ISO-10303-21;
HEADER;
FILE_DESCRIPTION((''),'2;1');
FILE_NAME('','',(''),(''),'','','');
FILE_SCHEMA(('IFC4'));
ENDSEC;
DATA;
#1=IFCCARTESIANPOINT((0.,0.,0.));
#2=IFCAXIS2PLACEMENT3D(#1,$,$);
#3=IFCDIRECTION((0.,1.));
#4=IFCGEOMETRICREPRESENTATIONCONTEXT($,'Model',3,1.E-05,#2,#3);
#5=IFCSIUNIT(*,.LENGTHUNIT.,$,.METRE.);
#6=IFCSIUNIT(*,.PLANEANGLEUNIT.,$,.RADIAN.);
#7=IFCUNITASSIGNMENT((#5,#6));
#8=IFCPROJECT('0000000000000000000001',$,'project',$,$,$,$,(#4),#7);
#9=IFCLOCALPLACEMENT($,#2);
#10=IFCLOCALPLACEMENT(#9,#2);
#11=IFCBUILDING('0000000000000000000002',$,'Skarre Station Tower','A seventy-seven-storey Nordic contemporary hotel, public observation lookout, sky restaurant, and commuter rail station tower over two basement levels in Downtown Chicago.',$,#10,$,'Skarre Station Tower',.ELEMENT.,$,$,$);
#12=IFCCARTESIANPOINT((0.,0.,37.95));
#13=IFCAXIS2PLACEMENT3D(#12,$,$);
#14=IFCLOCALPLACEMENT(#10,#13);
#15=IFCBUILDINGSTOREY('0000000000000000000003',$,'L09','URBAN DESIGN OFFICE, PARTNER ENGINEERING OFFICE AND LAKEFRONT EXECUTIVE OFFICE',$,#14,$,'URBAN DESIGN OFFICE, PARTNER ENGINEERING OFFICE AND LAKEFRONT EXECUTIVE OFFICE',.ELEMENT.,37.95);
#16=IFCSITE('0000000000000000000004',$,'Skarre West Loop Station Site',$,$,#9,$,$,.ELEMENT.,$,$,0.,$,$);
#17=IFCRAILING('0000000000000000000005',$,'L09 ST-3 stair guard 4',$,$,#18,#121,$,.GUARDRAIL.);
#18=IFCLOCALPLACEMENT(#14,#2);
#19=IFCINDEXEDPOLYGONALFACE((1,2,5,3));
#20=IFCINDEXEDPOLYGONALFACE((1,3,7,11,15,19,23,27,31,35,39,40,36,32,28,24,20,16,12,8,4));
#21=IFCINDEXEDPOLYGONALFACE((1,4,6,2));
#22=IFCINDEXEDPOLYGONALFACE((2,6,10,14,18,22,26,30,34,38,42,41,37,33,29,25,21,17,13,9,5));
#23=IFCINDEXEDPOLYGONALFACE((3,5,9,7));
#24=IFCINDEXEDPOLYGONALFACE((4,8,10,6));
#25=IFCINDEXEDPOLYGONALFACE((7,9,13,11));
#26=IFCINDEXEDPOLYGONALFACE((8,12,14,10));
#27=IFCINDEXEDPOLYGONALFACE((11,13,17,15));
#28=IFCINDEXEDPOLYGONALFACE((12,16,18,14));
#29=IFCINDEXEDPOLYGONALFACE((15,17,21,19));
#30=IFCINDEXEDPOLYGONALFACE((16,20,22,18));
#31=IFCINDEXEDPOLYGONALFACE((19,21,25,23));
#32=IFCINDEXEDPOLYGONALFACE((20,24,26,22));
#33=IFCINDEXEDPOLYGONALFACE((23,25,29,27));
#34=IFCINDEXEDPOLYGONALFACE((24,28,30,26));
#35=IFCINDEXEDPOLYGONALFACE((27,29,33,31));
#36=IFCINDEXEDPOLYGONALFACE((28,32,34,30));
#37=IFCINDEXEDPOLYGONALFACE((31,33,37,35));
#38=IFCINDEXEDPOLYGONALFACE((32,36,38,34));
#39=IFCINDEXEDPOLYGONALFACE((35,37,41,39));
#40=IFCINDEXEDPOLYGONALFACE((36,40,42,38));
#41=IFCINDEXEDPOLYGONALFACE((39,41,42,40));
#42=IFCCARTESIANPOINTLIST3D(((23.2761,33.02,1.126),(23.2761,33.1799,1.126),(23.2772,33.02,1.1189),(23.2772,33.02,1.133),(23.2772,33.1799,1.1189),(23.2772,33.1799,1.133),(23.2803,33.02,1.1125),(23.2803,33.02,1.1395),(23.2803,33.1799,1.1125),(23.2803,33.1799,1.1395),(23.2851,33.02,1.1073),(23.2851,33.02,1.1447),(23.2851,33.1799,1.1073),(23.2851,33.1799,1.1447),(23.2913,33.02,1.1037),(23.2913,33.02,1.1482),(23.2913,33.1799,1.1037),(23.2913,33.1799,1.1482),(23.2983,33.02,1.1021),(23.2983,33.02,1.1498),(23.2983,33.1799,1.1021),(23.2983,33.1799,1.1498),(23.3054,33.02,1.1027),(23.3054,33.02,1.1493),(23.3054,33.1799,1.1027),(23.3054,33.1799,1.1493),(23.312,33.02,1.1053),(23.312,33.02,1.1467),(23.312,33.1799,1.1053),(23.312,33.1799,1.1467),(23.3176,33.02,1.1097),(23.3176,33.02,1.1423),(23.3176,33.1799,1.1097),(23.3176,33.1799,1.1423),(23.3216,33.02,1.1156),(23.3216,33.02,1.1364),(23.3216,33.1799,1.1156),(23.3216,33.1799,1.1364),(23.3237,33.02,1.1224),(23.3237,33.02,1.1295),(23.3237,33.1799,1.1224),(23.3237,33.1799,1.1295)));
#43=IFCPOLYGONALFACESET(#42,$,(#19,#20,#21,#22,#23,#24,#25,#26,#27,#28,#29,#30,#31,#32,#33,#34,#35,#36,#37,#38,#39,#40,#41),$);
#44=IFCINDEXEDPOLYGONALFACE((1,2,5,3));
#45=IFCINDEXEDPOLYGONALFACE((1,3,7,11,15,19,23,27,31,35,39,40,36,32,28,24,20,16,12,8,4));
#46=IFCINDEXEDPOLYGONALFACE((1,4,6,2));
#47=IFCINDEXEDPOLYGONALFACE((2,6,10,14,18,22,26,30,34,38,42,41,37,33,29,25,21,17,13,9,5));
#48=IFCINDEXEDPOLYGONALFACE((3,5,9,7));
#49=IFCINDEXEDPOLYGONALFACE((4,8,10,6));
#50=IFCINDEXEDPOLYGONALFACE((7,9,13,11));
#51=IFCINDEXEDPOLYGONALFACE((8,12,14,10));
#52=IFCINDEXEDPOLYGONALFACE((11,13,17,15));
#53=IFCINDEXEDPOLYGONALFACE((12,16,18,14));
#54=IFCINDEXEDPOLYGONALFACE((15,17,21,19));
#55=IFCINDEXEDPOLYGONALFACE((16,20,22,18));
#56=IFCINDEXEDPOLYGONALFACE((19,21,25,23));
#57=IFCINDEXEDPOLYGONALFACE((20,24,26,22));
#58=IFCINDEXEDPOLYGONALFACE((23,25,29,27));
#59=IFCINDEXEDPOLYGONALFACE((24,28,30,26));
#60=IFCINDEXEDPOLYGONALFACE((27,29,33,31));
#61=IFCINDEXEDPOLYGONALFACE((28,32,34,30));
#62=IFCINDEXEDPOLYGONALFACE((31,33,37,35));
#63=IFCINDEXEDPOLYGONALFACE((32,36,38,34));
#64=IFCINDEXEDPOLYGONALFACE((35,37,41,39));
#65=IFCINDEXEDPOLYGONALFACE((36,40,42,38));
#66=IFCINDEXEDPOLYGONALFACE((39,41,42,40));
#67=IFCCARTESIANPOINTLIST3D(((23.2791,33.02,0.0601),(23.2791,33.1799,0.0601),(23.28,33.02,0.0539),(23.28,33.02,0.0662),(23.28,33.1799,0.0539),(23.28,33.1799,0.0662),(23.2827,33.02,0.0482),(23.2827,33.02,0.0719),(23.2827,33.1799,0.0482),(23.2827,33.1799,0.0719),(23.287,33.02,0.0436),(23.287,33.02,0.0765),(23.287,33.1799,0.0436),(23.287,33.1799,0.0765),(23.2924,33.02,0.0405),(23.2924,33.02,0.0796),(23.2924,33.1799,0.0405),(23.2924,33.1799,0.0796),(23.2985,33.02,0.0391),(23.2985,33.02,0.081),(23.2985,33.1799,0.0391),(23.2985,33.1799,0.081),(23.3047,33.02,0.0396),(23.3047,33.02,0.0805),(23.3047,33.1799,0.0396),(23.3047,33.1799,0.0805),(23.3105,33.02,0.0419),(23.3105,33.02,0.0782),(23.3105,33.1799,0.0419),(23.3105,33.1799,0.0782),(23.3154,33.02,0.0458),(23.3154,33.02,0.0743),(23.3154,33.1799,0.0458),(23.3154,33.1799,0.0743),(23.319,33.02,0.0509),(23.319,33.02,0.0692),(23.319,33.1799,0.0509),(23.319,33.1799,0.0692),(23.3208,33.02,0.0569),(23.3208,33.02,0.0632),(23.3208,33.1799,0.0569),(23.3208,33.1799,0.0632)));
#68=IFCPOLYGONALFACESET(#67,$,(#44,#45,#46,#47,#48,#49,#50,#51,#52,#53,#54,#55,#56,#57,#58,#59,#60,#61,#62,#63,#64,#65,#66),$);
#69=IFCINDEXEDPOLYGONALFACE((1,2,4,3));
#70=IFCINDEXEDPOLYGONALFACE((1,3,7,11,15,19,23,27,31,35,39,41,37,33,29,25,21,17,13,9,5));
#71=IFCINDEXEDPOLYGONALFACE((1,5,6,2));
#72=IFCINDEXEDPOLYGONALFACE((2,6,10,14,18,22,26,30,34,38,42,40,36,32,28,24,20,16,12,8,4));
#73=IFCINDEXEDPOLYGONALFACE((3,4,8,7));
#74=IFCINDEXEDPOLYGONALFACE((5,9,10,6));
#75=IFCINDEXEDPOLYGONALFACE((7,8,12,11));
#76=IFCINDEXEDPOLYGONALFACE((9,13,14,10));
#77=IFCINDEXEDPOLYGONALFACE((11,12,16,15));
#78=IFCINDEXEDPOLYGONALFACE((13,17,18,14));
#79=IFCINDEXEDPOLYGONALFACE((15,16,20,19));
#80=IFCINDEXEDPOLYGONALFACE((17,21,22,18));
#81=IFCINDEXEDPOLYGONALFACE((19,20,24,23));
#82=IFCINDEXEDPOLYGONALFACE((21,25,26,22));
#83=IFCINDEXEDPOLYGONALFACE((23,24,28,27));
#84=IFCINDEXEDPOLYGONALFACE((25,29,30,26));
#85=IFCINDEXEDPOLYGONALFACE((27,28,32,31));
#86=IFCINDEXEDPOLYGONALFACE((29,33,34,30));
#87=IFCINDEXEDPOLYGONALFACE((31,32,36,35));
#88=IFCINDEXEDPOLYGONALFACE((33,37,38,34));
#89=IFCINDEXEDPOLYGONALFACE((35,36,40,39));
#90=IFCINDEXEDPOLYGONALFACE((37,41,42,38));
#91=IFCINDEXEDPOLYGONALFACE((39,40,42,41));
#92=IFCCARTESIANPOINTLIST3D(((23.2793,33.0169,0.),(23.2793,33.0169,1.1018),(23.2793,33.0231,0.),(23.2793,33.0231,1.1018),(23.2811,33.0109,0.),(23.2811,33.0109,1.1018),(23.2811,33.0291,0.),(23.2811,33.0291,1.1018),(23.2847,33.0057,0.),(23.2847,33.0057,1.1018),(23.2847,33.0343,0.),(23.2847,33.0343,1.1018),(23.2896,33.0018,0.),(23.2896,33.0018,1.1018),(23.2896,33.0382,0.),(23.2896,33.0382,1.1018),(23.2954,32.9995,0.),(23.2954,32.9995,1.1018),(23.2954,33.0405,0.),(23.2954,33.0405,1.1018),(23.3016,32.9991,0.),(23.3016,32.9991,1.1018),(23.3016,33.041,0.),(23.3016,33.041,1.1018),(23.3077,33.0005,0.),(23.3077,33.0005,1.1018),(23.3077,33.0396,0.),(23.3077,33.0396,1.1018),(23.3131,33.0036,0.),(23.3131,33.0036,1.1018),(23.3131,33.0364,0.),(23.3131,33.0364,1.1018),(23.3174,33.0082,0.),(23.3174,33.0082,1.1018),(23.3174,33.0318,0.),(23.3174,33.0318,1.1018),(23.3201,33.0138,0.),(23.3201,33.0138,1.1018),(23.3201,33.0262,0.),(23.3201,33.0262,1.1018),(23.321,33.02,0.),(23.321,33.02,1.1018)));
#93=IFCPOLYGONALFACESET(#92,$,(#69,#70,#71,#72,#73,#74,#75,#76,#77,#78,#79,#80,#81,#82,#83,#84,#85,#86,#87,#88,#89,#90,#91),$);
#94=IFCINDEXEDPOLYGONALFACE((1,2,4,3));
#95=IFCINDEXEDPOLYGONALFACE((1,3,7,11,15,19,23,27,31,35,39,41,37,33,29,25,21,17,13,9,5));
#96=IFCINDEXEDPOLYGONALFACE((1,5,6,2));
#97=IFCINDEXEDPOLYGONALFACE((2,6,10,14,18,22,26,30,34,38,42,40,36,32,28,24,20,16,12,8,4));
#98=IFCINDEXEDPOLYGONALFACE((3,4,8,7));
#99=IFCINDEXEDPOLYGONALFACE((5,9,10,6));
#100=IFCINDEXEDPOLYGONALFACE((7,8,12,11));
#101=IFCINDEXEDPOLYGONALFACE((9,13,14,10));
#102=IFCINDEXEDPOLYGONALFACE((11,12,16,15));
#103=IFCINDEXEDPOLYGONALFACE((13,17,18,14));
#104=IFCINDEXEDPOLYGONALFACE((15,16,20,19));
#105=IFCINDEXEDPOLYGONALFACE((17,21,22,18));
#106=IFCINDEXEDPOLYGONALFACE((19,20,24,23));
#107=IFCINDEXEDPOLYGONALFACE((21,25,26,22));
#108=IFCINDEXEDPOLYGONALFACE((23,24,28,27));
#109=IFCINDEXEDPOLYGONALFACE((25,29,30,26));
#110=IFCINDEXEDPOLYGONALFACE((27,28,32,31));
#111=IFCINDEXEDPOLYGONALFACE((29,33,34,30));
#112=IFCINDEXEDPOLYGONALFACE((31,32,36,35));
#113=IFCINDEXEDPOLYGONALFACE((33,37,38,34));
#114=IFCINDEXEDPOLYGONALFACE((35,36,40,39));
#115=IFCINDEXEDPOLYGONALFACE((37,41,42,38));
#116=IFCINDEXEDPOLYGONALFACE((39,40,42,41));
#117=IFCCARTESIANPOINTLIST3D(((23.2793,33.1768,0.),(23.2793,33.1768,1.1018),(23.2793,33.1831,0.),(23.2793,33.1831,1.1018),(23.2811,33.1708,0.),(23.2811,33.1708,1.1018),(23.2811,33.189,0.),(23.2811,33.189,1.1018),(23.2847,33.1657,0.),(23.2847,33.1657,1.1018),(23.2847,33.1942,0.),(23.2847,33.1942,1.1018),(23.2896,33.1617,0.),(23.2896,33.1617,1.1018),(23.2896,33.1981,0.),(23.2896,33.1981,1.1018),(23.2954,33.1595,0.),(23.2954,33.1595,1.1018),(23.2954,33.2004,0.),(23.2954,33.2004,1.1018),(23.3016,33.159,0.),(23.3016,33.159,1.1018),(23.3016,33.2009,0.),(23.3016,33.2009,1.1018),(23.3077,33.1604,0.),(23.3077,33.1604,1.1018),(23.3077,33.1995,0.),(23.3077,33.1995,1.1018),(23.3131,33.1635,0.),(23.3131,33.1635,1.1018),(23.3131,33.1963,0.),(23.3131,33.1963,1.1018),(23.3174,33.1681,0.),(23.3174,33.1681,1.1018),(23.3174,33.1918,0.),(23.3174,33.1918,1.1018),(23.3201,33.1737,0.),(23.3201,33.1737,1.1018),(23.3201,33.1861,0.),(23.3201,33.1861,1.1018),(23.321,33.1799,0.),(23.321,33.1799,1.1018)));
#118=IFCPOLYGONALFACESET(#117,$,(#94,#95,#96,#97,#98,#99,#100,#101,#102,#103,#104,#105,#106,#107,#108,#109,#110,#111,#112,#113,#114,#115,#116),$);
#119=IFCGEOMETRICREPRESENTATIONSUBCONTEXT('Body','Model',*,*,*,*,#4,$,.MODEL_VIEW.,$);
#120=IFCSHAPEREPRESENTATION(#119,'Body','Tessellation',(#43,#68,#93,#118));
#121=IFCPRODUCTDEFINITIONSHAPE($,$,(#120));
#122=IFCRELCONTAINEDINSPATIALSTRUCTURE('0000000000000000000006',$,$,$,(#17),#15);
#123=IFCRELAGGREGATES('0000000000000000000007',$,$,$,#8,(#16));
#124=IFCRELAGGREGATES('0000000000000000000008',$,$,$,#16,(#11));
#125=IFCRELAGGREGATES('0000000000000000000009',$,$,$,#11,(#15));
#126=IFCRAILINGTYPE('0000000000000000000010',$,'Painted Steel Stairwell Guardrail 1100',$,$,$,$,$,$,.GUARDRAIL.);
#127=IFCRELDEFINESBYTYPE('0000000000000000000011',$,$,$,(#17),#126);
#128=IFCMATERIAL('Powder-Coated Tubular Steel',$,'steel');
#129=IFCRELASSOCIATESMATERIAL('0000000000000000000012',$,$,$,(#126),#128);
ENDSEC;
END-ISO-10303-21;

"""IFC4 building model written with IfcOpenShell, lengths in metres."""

from ifc_helpers import new_model, si_unit, direction, frame, origin, origin_2d, place, context, subcontext, project, spatial, circle, extrude, material, type_object, element, save


model = new_model("IFC4")

# Units and contexts
model_context = context("Model", 3, precision=1e-05, world=origin(), true_north=direction((0.0, 1.0)))
body_context = subcontext(model_context, "Body", "Model", "MODEL_VIEW")
ifc_project = project(units=[si_unit("LENGTHUNIT", "METRE"), si_unit("PLANEANGLEUNIT", "RADIAN")], contexts=[model_context])

# Site, building, storey
site_placement = place(None, origin())
site = spatial("IfcSite", under=ifc_project, at=site_placement, Name="Skarre West Loop Station Site", CompositionType="ELEMENT", RefElevation=0.0)
building_placement = place(site_placement, origin())
building = spatial("IfcBuilding", under=site, at=building_placement, Name="Skarre Station Tower", Description="A seventy-seven-storey Nordic contemporary hotel, public observation lookout, sky restaurant, and commuter rail station tower over two basement levels in Downtown Chicago.", LongName="Skarre Station Tower", CompositionType="ELEMENT")
storey_placement = place(building_placement, frame((0.0, 0.0, 37.95)))
storey = spatial("IfcBuildingStorey", under=building, at=storey_placement, Name="L09", Description="URBAN DESIGN OFFICE, PARTNER ENGINEERING OFFICE AND LAKEFRONT EXECUTIVE OFFICE", LongName="URBAN DESIGN OFFICE, PARTNER ENGINEERING OFFICE AND LAKEFRONT EXECUTIVE OFFICE", CompositionType="ELEMENT", Elevation=37.95)

# Railing
ifc_material_1 = material(Name="Powder-Coated Tubular Steel", Category="steel")
railing_type_1 = type_object("IfcRailingType", Name="Painted Steel Stairwell Guardrail 1100", PredefinedType="GUARDRAIL", material=ifc_material_1)
railing_1_placement = place(storey_placement, frame((23.3, 33.02, 0.0)))
element("IfcRailing", 1, at=railing_1_placement, inside=storey, type_object=railing_type_1, Name="L09 ST-3 stair guard 4", PredefinedType="GUARDRAIL", context=body_context, shape_type="SweptSolid", body=[
    extrude(circle(Radius=0.0239, at=origin_2d()), frame((0.0, 0.0, 1.126), z_axis=(0.0, 1.0, 0.0), x_axis=(-1.0, 0.0, 0.0)), (0.0, 0.0, 1.0), 0.1599),
    extrude(circle(Radius=0.021, at=origin_2d()), frame((0.0, 0.0, 0.0601), z_axis=(0.0, 1.0, 0.0), x_axis=(-1.0, 0.0, 0.0)), (0.0, 0.0, 1.0), 0.1599),
    extrude(circle(Radius=0.021, at=origin_2d()), origin(), (0.0, 0.0, 1.0), 1.1018),
    extrude(circle(Radius=0.021, at=origin_2d()), frame((0.0, 0.1599, 0.0)), (0.0, 0.0, 1.0), 1.1018),
])

save(model, "model.ifc")
